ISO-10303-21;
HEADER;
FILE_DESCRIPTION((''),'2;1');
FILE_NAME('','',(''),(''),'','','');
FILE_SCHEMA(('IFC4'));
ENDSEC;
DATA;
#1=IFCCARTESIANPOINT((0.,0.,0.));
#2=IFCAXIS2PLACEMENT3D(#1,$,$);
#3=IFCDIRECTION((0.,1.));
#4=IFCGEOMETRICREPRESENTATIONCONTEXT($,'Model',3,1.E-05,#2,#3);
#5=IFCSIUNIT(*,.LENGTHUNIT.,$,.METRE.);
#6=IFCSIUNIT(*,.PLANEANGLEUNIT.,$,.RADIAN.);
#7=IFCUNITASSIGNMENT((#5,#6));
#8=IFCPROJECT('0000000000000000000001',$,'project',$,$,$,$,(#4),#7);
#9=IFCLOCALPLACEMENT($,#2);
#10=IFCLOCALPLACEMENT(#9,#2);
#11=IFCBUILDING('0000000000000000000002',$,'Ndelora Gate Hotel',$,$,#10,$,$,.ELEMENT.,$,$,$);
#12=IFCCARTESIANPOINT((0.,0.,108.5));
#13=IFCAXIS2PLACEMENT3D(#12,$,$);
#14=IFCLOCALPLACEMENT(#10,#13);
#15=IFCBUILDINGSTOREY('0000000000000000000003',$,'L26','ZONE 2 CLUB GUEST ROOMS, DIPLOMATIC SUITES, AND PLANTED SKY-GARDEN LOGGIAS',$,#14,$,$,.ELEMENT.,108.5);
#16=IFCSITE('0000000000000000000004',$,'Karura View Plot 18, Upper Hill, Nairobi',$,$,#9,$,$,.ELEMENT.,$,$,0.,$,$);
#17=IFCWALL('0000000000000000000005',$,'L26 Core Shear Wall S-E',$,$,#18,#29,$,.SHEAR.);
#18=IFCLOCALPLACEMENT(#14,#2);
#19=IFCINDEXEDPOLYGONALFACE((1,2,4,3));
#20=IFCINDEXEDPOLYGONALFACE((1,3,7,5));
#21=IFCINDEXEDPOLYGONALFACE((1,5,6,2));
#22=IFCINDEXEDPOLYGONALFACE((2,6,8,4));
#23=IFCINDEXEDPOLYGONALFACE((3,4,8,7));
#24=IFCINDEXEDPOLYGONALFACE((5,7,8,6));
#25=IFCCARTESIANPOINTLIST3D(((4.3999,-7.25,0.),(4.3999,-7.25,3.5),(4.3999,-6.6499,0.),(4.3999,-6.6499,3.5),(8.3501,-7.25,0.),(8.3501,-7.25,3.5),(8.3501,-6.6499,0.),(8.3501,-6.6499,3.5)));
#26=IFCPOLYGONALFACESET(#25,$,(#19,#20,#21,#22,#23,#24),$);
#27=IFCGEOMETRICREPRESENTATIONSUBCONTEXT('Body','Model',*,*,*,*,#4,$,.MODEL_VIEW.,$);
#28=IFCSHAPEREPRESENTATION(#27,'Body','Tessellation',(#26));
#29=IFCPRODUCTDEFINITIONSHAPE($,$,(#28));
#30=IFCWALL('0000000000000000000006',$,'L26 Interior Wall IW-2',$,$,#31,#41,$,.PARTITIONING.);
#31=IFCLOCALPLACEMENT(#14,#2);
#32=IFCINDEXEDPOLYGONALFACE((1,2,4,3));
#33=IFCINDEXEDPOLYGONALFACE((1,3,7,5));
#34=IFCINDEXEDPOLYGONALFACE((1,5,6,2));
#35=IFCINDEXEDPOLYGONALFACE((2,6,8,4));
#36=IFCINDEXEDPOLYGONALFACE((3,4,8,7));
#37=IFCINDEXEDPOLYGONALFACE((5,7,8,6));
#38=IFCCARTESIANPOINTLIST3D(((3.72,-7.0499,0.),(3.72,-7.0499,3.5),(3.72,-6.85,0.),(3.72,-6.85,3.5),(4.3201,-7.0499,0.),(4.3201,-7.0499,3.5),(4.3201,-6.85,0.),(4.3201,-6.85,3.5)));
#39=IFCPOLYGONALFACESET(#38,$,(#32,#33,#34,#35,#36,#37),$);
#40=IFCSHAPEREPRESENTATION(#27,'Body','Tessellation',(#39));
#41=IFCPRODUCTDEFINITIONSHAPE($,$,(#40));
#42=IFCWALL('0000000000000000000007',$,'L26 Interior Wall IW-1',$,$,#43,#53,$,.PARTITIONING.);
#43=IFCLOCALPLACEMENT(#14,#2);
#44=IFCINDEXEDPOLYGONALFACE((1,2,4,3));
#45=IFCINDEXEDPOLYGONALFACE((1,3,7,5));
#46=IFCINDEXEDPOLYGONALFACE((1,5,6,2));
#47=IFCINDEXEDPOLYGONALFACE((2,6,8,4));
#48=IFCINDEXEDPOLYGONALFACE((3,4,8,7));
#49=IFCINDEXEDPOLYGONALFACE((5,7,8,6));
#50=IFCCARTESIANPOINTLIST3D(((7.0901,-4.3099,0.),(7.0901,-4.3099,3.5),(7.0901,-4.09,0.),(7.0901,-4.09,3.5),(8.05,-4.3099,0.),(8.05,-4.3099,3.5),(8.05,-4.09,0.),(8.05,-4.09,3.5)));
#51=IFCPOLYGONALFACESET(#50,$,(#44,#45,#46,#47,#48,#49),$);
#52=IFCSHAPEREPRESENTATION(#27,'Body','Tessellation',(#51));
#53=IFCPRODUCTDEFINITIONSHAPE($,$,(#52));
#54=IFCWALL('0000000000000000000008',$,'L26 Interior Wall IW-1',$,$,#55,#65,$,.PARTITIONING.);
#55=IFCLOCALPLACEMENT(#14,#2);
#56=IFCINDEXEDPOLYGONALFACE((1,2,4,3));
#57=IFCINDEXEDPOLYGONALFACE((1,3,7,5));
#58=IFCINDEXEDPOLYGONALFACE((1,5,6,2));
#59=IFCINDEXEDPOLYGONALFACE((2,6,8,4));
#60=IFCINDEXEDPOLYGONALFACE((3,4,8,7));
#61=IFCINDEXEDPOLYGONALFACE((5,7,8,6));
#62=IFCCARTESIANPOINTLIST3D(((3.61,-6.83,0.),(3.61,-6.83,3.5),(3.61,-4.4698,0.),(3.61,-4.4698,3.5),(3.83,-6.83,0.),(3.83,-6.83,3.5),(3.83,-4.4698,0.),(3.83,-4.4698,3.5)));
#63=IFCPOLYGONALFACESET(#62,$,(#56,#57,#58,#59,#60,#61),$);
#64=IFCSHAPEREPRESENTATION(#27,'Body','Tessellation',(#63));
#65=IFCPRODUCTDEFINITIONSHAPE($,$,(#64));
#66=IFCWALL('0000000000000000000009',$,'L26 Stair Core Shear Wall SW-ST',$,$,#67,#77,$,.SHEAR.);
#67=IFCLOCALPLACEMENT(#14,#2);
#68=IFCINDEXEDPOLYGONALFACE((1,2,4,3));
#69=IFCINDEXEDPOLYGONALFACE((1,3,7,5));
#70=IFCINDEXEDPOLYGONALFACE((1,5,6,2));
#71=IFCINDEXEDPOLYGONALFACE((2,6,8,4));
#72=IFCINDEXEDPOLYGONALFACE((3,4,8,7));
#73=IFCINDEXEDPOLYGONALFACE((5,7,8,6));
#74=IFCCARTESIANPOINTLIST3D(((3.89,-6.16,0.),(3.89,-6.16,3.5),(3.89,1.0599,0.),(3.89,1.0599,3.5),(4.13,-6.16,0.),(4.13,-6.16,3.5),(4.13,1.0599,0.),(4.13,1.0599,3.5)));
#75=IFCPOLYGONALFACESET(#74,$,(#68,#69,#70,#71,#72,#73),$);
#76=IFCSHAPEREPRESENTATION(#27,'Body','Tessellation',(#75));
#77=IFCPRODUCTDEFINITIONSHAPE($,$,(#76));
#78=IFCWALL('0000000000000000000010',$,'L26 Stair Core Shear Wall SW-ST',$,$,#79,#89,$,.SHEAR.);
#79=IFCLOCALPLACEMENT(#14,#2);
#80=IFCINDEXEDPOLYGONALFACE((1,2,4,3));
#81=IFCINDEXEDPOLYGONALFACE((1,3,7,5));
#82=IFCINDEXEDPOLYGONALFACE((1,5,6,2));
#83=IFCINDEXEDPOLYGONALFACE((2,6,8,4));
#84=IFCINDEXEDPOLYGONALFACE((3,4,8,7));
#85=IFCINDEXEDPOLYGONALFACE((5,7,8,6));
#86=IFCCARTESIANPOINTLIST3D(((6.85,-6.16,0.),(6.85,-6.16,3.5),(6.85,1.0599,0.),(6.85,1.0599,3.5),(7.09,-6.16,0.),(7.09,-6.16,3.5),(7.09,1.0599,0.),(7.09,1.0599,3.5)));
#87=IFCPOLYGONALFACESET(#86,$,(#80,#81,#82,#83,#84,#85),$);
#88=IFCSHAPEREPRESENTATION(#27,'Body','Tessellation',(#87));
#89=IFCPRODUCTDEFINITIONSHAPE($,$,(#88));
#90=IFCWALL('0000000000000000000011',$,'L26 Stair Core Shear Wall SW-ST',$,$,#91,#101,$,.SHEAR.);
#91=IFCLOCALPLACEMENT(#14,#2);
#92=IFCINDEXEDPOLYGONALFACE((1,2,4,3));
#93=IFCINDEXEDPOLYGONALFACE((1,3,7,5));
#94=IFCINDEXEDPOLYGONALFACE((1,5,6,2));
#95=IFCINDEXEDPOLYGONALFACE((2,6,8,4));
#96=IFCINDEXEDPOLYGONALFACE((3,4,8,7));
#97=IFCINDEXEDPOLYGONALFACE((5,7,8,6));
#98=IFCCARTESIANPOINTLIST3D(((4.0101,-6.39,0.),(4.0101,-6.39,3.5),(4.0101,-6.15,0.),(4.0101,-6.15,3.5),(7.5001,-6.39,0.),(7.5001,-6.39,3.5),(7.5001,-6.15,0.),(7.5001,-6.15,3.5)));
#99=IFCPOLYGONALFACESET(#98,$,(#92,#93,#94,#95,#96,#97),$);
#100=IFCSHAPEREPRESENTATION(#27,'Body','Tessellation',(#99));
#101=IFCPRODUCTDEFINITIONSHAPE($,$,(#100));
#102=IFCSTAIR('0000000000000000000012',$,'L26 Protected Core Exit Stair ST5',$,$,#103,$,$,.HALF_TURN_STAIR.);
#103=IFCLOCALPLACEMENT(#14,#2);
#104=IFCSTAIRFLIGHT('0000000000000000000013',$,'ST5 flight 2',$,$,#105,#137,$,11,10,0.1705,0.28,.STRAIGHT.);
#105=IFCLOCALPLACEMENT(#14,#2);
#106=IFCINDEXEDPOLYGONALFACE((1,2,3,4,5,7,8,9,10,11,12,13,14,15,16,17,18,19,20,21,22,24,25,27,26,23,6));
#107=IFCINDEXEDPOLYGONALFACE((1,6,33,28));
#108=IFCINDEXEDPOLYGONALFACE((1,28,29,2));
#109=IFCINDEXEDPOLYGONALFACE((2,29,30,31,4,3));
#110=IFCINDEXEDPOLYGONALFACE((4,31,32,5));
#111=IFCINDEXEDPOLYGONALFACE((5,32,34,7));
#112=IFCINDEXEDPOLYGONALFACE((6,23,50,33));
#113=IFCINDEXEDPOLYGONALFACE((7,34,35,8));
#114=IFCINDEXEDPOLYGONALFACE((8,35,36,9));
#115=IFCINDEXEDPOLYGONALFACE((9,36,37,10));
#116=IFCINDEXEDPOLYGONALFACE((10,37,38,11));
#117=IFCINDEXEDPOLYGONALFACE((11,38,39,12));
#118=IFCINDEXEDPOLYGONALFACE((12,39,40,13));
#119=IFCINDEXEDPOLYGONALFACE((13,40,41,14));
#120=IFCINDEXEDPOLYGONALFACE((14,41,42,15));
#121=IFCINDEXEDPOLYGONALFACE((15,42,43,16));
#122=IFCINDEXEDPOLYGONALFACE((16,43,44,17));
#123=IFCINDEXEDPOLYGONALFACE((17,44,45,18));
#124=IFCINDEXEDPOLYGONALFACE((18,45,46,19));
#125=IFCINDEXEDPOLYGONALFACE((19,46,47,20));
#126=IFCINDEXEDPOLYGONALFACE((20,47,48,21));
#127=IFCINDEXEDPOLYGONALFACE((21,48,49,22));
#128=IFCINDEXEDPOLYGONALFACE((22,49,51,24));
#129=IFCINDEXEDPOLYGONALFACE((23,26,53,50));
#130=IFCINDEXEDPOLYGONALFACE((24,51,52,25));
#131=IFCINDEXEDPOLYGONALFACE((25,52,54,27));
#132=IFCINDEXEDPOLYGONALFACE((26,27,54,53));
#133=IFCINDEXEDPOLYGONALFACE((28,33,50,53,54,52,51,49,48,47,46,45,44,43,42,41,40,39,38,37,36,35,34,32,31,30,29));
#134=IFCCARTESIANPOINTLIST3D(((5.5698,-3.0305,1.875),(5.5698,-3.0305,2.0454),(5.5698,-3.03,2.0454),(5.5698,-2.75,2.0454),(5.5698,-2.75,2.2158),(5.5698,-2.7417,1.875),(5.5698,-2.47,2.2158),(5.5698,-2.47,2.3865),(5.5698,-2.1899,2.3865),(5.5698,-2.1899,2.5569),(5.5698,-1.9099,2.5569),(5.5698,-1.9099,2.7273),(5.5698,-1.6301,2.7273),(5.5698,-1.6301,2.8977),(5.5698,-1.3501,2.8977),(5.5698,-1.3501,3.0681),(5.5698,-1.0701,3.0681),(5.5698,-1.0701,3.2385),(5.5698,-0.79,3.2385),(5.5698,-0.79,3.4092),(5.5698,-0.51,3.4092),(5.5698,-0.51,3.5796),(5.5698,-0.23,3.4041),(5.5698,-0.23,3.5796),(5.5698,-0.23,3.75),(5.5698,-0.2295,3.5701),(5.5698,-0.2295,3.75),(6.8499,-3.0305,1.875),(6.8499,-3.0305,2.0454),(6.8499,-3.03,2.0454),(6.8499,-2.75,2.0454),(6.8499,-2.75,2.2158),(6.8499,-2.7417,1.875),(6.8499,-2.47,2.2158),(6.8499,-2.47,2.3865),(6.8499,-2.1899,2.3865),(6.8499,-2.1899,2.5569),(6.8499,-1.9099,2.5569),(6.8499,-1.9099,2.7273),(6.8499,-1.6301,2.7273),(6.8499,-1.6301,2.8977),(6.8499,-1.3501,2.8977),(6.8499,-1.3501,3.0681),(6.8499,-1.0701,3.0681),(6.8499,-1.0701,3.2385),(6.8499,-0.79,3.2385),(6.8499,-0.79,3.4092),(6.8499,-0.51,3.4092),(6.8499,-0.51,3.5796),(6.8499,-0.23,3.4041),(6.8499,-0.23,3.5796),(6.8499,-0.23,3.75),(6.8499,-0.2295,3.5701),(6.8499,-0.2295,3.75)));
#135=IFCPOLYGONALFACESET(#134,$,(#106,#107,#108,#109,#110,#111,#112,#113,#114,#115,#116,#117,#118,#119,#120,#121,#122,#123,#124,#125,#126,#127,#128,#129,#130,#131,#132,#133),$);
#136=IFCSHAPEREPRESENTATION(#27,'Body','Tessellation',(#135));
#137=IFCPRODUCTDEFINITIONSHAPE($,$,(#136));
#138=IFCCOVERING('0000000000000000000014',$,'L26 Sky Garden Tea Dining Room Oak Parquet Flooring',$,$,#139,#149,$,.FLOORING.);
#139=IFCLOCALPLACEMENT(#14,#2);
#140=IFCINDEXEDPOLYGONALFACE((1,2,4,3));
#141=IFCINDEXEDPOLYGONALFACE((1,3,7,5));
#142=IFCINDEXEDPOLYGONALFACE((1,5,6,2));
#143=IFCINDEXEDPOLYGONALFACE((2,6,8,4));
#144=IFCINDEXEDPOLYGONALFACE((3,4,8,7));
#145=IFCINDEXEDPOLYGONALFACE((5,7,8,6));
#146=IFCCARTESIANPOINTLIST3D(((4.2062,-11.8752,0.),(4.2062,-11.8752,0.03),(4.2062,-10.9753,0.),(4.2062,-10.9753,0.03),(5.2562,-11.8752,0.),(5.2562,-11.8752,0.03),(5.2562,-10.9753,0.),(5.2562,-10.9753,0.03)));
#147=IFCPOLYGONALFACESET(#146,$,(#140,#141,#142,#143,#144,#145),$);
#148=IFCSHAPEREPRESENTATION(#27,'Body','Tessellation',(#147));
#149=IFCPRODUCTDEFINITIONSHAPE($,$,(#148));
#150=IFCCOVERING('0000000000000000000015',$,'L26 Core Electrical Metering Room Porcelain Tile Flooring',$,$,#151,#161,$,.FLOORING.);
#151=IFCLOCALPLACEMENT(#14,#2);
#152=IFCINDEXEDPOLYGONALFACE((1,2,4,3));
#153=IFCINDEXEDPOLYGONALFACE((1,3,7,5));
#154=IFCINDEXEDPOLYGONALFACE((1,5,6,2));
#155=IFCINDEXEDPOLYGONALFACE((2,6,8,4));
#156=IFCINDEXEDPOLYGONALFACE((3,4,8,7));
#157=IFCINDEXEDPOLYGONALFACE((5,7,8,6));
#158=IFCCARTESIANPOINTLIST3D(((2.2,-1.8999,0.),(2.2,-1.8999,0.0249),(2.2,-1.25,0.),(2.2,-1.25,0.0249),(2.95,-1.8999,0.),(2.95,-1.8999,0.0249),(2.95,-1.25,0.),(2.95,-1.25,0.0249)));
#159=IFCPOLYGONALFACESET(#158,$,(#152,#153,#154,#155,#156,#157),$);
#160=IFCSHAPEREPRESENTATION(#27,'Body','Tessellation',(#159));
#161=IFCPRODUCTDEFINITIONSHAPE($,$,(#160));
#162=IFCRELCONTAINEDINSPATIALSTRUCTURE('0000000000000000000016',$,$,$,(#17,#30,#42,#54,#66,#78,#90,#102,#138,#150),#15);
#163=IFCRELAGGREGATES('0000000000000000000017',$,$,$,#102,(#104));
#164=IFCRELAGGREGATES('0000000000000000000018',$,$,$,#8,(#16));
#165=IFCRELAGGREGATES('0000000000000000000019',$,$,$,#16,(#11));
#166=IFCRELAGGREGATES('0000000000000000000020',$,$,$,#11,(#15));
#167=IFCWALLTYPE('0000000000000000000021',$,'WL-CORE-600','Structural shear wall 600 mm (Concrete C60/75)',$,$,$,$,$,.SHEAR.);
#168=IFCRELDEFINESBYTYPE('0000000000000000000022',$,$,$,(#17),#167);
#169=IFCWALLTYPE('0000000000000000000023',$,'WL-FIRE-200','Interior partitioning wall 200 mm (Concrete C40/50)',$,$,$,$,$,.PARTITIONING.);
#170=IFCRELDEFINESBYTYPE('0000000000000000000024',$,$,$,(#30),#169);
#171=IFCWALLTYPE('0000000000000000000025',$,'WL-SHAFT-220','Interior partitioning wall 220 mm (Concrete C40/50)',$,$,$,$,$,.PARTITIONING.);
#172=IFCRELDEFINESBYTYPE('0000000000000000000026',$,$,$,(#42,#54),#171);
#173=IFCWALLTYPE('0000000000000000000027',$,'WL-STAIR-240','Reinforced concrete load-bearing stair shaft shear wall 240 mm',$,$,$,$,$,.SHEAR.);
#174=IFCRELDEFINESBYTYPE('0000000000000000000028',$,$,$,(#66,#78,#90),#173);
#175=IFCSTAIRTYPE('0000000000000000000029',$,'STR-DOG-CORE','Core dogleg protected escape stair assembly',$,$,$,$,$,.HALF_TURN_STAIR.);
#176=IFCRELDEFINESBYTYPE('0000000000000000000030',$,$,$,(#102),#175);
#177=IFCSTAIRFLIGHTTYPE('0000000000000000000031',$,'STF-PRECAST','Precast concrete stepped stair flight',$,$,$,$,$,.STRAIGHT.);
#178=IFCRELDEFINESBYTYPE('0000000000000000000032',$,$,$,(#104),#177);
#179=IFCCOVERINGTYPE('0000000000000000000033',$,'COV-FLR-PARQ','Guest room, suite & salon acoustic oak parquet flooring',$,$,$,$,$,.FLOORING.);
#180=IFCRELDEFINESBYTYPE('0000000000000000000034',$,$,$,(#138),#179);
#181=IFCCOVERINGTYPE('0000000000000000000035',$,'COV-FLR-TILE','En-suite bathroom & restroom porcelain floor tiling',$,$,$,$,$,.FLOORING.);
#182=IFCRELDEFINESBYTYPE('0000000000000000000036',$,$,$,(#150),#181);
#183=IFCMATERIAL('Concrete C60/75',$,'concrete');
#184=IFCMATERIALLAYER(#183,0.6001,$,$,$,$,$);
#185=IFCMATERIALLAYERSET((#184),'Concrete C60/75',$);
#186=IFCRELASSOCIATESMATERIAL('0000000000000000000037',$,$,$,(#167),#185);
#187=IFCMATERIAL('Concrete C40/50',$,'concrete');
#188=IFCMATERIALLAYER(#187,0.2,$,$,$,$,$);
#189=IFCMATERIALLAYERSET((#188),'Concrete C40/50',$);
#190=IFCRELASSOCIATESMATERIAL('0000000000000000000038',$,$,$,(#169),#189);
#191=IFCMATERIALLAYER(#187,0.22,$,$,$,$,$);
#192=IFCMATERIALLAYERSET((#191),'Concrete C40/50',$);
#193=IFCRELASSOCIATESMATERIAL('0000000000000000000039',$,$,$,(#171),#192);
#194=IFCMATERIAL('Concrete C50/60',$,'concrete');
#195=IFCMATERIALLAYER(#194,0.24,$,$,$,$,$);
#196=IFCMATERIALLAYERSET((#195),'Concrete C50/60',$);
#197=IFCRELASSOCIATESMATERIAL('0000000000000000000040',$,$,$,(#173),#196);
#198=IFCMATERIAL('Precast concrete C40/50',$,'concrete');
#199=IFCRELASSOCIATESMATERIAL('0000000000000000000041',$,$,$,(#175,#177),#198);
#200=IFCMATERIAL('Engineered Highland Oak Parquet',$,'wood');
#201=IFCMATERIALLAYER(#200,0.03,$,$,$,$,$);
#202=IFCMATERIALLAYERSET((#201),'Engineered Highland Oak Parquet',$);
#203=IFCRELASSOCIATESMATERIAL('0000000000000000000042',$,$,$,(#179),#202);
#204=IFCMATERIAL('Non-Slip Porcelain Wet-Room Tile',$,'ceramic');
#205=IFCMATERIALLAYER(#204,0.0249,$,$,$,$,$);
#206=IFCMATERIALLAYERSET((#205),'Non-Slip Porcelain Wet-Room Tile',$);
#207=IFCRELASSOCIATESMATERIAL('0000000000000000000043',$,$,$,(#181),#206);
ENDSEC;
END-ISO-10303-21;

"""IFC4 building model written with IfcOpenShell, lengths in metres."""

from ifc_helpers import new_model, si_unit, direction, frame, frame_2d, origin, origin_2d, place, context, subcontext, project, spatial, polyline, rectangle, outline, extrude, material, layer, layer_set, type_object, element, aggregate, save


model = new_model("IFC4")

# Units and contexts
model_context = context("Model", 3, precision=1e-05, world=origin(), true_north=direction((0.0, 1.0)))
body_context = subcontext(model_context, "Body", "Model", "MODEL_VIEW")
ifc_project = project(units=[si_unit("LENGTHUNIT", "METRE"), si_unit("PLANEANGLEUNIT", "RADIAN")], contexts=[model_context])

# Site, building, storey
site_placement = place(None, origin())
site = spatial("IfcSite", under=ifc_project, at=site_placement, Name="Karura View Plot 18, Upper Hill, Nairobi", CompositionType="ELEMENT", RefElevation=0.0)
building_placement = place(site_placement, origin())
building = spatial("IfcBuilding", under=site, at=building_placement, Name="Ndelora Gate Hotel", CompositionType="ELEMENT")
storey_placement = place(building_placement, frame((0.0, 0.0, 108.5)))
storey = spatial("IfcBuildingStorey", under=building, at=storey_placement, Name="L26", Description="ZONE 2 CLUB GUEST ROOMS, DIPLOMATIC SUITES, AND PLANTED SKY-GARDEN LOGGIAS", CompositionType="ELEMENT", Elevation=108.5)

# Shared definitions
ifc_material_1 = material(Name="Concrete C60/75", Category="concrete")

# Walls
ifc_layer_1 = layer(ifc_material_1, 0.6001)
ifc_layer_set_1 = layer_set([ifc_layer_1], Name="Concrete C60/75")
wall_type_1 = type_object("IfcWallType", Name="WL-CORE-600", Description="Structural shear wall 600 mm (Concrete C60/75)", PredefinedType="SHEAR", material=ifc_layer_set_1)
wall_1_placement = place(storey_placement, frame((4.3999, -6.95, 0.0), z_axis=(0.0, 0.0, 1.0), x_axis=(1.0, 0.0, 0.0)))
element("IfcWall", 1, at=wall_1_placement, inside=storey, type_object=wall_type_1, Name="L26 Core Shear Wall S-E", PredefinedType="SHEAR", context=body_context, shape_type="SweptSolid", body=[
    extrude(rectangle(XDim=3.9502, YDim=0.6001, at=frame_2d((1.9751, 0.0))), origin(), (0.0, 0.0, 1.0), 3.5),
])
ifc_material_2 = material(Name="Concrete C40/50", Category="concrete")
ifc_layer_2 = layer(ifc_material_2, 0.2)
ifc_layer_set_2 = layer_set([ifc_layer_2], Name="Concrete C40/50")
wall_type_2 = type_object("IfcWallType", Name="WL-FIRE-200", Description="Interior partitioning wall 200 mm (Concrete C40/50)", PredefinedType="PARTITIONING", material=ifc_layer_set_2)
wall_2_placement = place(storey_placement, frame((3.72, -6.95, 0.0), z_axis=(0.0, 0.0, 1.0), x_axis=(1.0, 0.0, 0.0)))
element("IfcWall", 2, at=wall_2_placement, inside=storey, type_object=wall_type_2, Name="L26 Interior Wall IW-2", PredefinedType="PARTITIONING", context=body_context, shape_type="SweptSolid", body=[
    extrude(rectangle(XDim=0.6001, YDim=0.2, at=frame_2d((0.3, 0.0))), origin(), (0.0, 0.0, 1.0), 3.5),
])
ifc_layer_3 = layer(ifc_material_2, 0.22)
ifc_layer_set_3 = layer_set([ifc_layer_3], Name="Concrete C40/50")
wall_type_3 = type_object("IfcWallType", Name="WL-SHAFT-220", Description="Interior partitioning wall 220 mm (Concrete C40/50)", PredefinedType="PARTITIONING", material=ifc_layer_set_3)
wall_3_placement = place(storey_placement, frame((7.0901, -4.2, 0.0), z_axis=(0.0, 0.0, 1.0), x_axis=(1.0, 0.0, 0.0)))
element("IfcWall", 3, at=wall_3_placement, inside=storey, type_object=wall_type_3, Name="L26 Interior Wall IW-1", PredefinedType="PARTITIONING", context=body_context, shape_type="SweptSolid", body=[
    extrude(rectangle(XDim=0.96, YDim=0.22, at=frame_2d((0.48, 0.0))), origin(), (0.0, 0.0, 1.0), 3.5),
])
wall_4_placement = place(storey_placement, frame((3.72, -6.8301, 0.0), z_axis=(0.0, 0.0, 1.0), x_axis=(0.0, 1.0, 0.0)))
element("IfcWall", 4, at=wall_4_placement, inside=storey, type_object=wall_type_3, Name="L26 Interior Wall IW-1", PredefinedType="PARTITIONING", context=body_context, shape_type="SweptSolid", body=[
    extrude(rectangle(XDim=2.3601, YDim=0.22, at=frame_2d((1.1802, 0.0))), origin(), (0.0, 0.0, 1.0), 3.5),
])
ifc_material_3 = material(Name="Concrete C50/60", Category="concrete")
ifc_layer_4 = layer(ifc_material_3, 0.24)
ifc_layer_set_4 = layer_set([ifc_layer_4], Name="Concrete C50/60")
wall_type_4 = type_object("IfcWallType", Name="WL-STAIR-240", Description="Reinforced concrete load-bearing stair shaft shear wall 240 mm", PredefinedType="SHEAR", material=ifc_layer_set_4)
for number, where, z_axis, x_axis, name in (
    (5, (4.01, -6.1599, 0.0), (0.0, 0.0, 1.0), (0.0, 1.0, 0.0), "L26 Stair Core Shear Wall SW-ST"),
    (6, (6.97, -6.1599, 0.0), (0.0, 0.0, 1.0), (0.0, 1.0, 0.0), "L26 Stair Core Shear Wall SW-ST"),
):
    element("IfcWall", number, at=place(storey_placement, frame(where, z_axis=z_axis, x_axis=x_axis)), inside=storey, type_object=wall_type_4, Name=name, PredefinedType="SHEAR", context=body_context, shape_type="SweptSolid", body=[
        extrude(rectangle(XDim=7.22, YDim=0.24, at=frame_2d((3.6099, 0.0))), origin(), (0.0, 0.0, 1.0), 3.5),
    ])
wall_5_placement = place(storey_placement, frame((4.01, -6.27, 0.0), z_axis=(0.0, 0.0, 1.0), x_axis=(1.0, 0.0, 0.0)))
element("IfcWall", 7, at=wall_5_placement, inside=storey, type_object=wall_type_4, Name="L26 Stair Core Shear Wall SW-ST", PredefinedType="SHEAR", context=body_context, shape_type="SweptSolid", body=[
    extrude(rectangle(XDim=3.49, YDim=0.24, at=frame_2d((1.7451, 0.0))), origin(), (0.0, 0.0, 1.0), 3.5),
])

# Stair, stair flight
ifc_material_4 = material(Name="Precast concrete C40/50", Category="concrete")
stair_type = type_object("IfcStairType", Name="STR-DOG-CORE", Description="Core dogleg protected escape stair assembly", PredefinedType="HALF_TURN_STAIR", material=ifc_material_4)
stair_placement = place(storey_placement, origin())
stair = element("IfcStair", 8, at=stair_placement, inside=storey, type_object=stair_type, Name="L26 Protected Core Exit Stair ST5", PredefinedType="HALF_TURN_STAIR")
stair_flight_type = type_object("IfcStairFlightType", Name="STF-PRECAST", Description="Precast concrete stepped stair flight", PredefinedType="STRAIGHT", material=ifc_material_4)
stair_flight_placement = place(storey_placement, frame((6.21, -3.03, 1.875), z_axis=(0.0, 0.0, 1.0), x_axis=(0.0, 1.0, 0.0)))
stair_flight = element("IfcStairFlight", 9, at=stair_flight_placement, type_object=stair_flight_type, Name="ST5 flight 2", NumberOfRisers=11, NumberOfTreads=10, PredefinedType="STRAIGHT", RiserHeight=0.1705, TreadLength=0.28, context=body_context, shape_type="SweptSolid", body=[
    extrude(outline(polyline([(-0.0005, 0.0), (-0.0005, 0.1704), (0.0, 0.1704), (0.28, 0.1704), (0.28, 0.3408), (0.5601, 0.3408), (0.5601, 0.5115), (0.8401, 0.5115), (0.8401, 0.6819), (1.1201, 0.6819), (1.1201, 0.8523), (1.3999, 0.8523), (1.3999, 1.0227), (1.6799, 1.0227), (1.6799, 1.1931), (1.96, 1.1931), (1.96, 1.3635), (2.24, 1.3635), (2.24, 1.5342), (2.52, 1.5342), (2.52, 1.7046), (2.8, 1.7046), (2.8, 1.875), (2.8005, 1.875), (2.8005, 1.6951), (2.8, 1.5291), (0.2883, 0.0), (-0.0005, 0.0)])), frame((0.0, 0.6401, 0.0), z_axis=(0.0, -1.0, 0.0), x_axis=(1.0, 0.0, 0.0)), (0.0, 0.0, 1.0), 1.28),
])
aggregate(stair, [stair_flight])

# Coverings
ifc_material_5 = material(Name="Engineered Highland Oak Parquet", Category="wood")
ifc_layer_5 = layer(ifc_material_5, 0.03)
ifc_layer_set_5 = layer_set([ifc_layer_5], Name="Engineered Highland Oak Parquet")
covering_type_1 = type_object("IfcCoveringType", Name="COV-FLR-PARQ", Description="Guest room, suite & salon acoustic oak parquet flooring", PredefinedType="FLOORING", material=ifc_layer_set_5)
covering_1_placement = place(storey_placement, frame((4.7312, -11.4253, 0.0), z_axis=(0.0, 0.0, 1.0), x_axis=(1.0, 0.0, 0.0)))
element("IfcCovering", 10, at=covering_1_placement, inside=storey, type_object=covering_type_1, Name="L26 Sky Garden Tea Dining Room Oak Parquet Flooring", PredefinedType="FLOORING", context=body_context, shape_type="SweptSolid", body=[
    extrude(rectangle(XDim=1.05, YDim=0.8999, at=origin_2d()), origin(), (0.0, 0.0, 1.0), 0.03),
])
ifc_material_6 = material(Name="Non-Slip Porcelain Wet-Room Tile", Category="ceramic")
ifc_layer_6 = layer(ifc_material_6, 0.0249)
ifc_layer_set_6 = layer_set([ifc_layer_6], Name="Non-Slip Porcelain Wet-Room Tile")
covering_type_2 = type_object("IfcCoveringType", Name="COV-FLR-TILE", Description="En-suite bathroom & restroom porcelain floor tiling", PredefinedType="FLOORING", material=ifc_layer_set_6)
covering_2_placement = place(storey_placement, frame((2.575, -1.575, 0.0), z_axis=(0.0, 0.0, 1.0), x_axis=(1.0, 0.0, 0.0)))
element("IfcCovering", 11, at=covering_2_placement, inside=storey, type_object=covering_type_2, Name="L26 Core Electrical Metering Room Porcelain Tile Flooring", PredefinedType="FLOORING", context=body_context, shape_type="SweptSolid", body=[
    extrude(rectangle(XDim=0.75, YDim=0.6499, at=origin_2d()), origin(), (0.0, 0.0, 1.0), 0.0249),
])

save(model, "model.ifc")
